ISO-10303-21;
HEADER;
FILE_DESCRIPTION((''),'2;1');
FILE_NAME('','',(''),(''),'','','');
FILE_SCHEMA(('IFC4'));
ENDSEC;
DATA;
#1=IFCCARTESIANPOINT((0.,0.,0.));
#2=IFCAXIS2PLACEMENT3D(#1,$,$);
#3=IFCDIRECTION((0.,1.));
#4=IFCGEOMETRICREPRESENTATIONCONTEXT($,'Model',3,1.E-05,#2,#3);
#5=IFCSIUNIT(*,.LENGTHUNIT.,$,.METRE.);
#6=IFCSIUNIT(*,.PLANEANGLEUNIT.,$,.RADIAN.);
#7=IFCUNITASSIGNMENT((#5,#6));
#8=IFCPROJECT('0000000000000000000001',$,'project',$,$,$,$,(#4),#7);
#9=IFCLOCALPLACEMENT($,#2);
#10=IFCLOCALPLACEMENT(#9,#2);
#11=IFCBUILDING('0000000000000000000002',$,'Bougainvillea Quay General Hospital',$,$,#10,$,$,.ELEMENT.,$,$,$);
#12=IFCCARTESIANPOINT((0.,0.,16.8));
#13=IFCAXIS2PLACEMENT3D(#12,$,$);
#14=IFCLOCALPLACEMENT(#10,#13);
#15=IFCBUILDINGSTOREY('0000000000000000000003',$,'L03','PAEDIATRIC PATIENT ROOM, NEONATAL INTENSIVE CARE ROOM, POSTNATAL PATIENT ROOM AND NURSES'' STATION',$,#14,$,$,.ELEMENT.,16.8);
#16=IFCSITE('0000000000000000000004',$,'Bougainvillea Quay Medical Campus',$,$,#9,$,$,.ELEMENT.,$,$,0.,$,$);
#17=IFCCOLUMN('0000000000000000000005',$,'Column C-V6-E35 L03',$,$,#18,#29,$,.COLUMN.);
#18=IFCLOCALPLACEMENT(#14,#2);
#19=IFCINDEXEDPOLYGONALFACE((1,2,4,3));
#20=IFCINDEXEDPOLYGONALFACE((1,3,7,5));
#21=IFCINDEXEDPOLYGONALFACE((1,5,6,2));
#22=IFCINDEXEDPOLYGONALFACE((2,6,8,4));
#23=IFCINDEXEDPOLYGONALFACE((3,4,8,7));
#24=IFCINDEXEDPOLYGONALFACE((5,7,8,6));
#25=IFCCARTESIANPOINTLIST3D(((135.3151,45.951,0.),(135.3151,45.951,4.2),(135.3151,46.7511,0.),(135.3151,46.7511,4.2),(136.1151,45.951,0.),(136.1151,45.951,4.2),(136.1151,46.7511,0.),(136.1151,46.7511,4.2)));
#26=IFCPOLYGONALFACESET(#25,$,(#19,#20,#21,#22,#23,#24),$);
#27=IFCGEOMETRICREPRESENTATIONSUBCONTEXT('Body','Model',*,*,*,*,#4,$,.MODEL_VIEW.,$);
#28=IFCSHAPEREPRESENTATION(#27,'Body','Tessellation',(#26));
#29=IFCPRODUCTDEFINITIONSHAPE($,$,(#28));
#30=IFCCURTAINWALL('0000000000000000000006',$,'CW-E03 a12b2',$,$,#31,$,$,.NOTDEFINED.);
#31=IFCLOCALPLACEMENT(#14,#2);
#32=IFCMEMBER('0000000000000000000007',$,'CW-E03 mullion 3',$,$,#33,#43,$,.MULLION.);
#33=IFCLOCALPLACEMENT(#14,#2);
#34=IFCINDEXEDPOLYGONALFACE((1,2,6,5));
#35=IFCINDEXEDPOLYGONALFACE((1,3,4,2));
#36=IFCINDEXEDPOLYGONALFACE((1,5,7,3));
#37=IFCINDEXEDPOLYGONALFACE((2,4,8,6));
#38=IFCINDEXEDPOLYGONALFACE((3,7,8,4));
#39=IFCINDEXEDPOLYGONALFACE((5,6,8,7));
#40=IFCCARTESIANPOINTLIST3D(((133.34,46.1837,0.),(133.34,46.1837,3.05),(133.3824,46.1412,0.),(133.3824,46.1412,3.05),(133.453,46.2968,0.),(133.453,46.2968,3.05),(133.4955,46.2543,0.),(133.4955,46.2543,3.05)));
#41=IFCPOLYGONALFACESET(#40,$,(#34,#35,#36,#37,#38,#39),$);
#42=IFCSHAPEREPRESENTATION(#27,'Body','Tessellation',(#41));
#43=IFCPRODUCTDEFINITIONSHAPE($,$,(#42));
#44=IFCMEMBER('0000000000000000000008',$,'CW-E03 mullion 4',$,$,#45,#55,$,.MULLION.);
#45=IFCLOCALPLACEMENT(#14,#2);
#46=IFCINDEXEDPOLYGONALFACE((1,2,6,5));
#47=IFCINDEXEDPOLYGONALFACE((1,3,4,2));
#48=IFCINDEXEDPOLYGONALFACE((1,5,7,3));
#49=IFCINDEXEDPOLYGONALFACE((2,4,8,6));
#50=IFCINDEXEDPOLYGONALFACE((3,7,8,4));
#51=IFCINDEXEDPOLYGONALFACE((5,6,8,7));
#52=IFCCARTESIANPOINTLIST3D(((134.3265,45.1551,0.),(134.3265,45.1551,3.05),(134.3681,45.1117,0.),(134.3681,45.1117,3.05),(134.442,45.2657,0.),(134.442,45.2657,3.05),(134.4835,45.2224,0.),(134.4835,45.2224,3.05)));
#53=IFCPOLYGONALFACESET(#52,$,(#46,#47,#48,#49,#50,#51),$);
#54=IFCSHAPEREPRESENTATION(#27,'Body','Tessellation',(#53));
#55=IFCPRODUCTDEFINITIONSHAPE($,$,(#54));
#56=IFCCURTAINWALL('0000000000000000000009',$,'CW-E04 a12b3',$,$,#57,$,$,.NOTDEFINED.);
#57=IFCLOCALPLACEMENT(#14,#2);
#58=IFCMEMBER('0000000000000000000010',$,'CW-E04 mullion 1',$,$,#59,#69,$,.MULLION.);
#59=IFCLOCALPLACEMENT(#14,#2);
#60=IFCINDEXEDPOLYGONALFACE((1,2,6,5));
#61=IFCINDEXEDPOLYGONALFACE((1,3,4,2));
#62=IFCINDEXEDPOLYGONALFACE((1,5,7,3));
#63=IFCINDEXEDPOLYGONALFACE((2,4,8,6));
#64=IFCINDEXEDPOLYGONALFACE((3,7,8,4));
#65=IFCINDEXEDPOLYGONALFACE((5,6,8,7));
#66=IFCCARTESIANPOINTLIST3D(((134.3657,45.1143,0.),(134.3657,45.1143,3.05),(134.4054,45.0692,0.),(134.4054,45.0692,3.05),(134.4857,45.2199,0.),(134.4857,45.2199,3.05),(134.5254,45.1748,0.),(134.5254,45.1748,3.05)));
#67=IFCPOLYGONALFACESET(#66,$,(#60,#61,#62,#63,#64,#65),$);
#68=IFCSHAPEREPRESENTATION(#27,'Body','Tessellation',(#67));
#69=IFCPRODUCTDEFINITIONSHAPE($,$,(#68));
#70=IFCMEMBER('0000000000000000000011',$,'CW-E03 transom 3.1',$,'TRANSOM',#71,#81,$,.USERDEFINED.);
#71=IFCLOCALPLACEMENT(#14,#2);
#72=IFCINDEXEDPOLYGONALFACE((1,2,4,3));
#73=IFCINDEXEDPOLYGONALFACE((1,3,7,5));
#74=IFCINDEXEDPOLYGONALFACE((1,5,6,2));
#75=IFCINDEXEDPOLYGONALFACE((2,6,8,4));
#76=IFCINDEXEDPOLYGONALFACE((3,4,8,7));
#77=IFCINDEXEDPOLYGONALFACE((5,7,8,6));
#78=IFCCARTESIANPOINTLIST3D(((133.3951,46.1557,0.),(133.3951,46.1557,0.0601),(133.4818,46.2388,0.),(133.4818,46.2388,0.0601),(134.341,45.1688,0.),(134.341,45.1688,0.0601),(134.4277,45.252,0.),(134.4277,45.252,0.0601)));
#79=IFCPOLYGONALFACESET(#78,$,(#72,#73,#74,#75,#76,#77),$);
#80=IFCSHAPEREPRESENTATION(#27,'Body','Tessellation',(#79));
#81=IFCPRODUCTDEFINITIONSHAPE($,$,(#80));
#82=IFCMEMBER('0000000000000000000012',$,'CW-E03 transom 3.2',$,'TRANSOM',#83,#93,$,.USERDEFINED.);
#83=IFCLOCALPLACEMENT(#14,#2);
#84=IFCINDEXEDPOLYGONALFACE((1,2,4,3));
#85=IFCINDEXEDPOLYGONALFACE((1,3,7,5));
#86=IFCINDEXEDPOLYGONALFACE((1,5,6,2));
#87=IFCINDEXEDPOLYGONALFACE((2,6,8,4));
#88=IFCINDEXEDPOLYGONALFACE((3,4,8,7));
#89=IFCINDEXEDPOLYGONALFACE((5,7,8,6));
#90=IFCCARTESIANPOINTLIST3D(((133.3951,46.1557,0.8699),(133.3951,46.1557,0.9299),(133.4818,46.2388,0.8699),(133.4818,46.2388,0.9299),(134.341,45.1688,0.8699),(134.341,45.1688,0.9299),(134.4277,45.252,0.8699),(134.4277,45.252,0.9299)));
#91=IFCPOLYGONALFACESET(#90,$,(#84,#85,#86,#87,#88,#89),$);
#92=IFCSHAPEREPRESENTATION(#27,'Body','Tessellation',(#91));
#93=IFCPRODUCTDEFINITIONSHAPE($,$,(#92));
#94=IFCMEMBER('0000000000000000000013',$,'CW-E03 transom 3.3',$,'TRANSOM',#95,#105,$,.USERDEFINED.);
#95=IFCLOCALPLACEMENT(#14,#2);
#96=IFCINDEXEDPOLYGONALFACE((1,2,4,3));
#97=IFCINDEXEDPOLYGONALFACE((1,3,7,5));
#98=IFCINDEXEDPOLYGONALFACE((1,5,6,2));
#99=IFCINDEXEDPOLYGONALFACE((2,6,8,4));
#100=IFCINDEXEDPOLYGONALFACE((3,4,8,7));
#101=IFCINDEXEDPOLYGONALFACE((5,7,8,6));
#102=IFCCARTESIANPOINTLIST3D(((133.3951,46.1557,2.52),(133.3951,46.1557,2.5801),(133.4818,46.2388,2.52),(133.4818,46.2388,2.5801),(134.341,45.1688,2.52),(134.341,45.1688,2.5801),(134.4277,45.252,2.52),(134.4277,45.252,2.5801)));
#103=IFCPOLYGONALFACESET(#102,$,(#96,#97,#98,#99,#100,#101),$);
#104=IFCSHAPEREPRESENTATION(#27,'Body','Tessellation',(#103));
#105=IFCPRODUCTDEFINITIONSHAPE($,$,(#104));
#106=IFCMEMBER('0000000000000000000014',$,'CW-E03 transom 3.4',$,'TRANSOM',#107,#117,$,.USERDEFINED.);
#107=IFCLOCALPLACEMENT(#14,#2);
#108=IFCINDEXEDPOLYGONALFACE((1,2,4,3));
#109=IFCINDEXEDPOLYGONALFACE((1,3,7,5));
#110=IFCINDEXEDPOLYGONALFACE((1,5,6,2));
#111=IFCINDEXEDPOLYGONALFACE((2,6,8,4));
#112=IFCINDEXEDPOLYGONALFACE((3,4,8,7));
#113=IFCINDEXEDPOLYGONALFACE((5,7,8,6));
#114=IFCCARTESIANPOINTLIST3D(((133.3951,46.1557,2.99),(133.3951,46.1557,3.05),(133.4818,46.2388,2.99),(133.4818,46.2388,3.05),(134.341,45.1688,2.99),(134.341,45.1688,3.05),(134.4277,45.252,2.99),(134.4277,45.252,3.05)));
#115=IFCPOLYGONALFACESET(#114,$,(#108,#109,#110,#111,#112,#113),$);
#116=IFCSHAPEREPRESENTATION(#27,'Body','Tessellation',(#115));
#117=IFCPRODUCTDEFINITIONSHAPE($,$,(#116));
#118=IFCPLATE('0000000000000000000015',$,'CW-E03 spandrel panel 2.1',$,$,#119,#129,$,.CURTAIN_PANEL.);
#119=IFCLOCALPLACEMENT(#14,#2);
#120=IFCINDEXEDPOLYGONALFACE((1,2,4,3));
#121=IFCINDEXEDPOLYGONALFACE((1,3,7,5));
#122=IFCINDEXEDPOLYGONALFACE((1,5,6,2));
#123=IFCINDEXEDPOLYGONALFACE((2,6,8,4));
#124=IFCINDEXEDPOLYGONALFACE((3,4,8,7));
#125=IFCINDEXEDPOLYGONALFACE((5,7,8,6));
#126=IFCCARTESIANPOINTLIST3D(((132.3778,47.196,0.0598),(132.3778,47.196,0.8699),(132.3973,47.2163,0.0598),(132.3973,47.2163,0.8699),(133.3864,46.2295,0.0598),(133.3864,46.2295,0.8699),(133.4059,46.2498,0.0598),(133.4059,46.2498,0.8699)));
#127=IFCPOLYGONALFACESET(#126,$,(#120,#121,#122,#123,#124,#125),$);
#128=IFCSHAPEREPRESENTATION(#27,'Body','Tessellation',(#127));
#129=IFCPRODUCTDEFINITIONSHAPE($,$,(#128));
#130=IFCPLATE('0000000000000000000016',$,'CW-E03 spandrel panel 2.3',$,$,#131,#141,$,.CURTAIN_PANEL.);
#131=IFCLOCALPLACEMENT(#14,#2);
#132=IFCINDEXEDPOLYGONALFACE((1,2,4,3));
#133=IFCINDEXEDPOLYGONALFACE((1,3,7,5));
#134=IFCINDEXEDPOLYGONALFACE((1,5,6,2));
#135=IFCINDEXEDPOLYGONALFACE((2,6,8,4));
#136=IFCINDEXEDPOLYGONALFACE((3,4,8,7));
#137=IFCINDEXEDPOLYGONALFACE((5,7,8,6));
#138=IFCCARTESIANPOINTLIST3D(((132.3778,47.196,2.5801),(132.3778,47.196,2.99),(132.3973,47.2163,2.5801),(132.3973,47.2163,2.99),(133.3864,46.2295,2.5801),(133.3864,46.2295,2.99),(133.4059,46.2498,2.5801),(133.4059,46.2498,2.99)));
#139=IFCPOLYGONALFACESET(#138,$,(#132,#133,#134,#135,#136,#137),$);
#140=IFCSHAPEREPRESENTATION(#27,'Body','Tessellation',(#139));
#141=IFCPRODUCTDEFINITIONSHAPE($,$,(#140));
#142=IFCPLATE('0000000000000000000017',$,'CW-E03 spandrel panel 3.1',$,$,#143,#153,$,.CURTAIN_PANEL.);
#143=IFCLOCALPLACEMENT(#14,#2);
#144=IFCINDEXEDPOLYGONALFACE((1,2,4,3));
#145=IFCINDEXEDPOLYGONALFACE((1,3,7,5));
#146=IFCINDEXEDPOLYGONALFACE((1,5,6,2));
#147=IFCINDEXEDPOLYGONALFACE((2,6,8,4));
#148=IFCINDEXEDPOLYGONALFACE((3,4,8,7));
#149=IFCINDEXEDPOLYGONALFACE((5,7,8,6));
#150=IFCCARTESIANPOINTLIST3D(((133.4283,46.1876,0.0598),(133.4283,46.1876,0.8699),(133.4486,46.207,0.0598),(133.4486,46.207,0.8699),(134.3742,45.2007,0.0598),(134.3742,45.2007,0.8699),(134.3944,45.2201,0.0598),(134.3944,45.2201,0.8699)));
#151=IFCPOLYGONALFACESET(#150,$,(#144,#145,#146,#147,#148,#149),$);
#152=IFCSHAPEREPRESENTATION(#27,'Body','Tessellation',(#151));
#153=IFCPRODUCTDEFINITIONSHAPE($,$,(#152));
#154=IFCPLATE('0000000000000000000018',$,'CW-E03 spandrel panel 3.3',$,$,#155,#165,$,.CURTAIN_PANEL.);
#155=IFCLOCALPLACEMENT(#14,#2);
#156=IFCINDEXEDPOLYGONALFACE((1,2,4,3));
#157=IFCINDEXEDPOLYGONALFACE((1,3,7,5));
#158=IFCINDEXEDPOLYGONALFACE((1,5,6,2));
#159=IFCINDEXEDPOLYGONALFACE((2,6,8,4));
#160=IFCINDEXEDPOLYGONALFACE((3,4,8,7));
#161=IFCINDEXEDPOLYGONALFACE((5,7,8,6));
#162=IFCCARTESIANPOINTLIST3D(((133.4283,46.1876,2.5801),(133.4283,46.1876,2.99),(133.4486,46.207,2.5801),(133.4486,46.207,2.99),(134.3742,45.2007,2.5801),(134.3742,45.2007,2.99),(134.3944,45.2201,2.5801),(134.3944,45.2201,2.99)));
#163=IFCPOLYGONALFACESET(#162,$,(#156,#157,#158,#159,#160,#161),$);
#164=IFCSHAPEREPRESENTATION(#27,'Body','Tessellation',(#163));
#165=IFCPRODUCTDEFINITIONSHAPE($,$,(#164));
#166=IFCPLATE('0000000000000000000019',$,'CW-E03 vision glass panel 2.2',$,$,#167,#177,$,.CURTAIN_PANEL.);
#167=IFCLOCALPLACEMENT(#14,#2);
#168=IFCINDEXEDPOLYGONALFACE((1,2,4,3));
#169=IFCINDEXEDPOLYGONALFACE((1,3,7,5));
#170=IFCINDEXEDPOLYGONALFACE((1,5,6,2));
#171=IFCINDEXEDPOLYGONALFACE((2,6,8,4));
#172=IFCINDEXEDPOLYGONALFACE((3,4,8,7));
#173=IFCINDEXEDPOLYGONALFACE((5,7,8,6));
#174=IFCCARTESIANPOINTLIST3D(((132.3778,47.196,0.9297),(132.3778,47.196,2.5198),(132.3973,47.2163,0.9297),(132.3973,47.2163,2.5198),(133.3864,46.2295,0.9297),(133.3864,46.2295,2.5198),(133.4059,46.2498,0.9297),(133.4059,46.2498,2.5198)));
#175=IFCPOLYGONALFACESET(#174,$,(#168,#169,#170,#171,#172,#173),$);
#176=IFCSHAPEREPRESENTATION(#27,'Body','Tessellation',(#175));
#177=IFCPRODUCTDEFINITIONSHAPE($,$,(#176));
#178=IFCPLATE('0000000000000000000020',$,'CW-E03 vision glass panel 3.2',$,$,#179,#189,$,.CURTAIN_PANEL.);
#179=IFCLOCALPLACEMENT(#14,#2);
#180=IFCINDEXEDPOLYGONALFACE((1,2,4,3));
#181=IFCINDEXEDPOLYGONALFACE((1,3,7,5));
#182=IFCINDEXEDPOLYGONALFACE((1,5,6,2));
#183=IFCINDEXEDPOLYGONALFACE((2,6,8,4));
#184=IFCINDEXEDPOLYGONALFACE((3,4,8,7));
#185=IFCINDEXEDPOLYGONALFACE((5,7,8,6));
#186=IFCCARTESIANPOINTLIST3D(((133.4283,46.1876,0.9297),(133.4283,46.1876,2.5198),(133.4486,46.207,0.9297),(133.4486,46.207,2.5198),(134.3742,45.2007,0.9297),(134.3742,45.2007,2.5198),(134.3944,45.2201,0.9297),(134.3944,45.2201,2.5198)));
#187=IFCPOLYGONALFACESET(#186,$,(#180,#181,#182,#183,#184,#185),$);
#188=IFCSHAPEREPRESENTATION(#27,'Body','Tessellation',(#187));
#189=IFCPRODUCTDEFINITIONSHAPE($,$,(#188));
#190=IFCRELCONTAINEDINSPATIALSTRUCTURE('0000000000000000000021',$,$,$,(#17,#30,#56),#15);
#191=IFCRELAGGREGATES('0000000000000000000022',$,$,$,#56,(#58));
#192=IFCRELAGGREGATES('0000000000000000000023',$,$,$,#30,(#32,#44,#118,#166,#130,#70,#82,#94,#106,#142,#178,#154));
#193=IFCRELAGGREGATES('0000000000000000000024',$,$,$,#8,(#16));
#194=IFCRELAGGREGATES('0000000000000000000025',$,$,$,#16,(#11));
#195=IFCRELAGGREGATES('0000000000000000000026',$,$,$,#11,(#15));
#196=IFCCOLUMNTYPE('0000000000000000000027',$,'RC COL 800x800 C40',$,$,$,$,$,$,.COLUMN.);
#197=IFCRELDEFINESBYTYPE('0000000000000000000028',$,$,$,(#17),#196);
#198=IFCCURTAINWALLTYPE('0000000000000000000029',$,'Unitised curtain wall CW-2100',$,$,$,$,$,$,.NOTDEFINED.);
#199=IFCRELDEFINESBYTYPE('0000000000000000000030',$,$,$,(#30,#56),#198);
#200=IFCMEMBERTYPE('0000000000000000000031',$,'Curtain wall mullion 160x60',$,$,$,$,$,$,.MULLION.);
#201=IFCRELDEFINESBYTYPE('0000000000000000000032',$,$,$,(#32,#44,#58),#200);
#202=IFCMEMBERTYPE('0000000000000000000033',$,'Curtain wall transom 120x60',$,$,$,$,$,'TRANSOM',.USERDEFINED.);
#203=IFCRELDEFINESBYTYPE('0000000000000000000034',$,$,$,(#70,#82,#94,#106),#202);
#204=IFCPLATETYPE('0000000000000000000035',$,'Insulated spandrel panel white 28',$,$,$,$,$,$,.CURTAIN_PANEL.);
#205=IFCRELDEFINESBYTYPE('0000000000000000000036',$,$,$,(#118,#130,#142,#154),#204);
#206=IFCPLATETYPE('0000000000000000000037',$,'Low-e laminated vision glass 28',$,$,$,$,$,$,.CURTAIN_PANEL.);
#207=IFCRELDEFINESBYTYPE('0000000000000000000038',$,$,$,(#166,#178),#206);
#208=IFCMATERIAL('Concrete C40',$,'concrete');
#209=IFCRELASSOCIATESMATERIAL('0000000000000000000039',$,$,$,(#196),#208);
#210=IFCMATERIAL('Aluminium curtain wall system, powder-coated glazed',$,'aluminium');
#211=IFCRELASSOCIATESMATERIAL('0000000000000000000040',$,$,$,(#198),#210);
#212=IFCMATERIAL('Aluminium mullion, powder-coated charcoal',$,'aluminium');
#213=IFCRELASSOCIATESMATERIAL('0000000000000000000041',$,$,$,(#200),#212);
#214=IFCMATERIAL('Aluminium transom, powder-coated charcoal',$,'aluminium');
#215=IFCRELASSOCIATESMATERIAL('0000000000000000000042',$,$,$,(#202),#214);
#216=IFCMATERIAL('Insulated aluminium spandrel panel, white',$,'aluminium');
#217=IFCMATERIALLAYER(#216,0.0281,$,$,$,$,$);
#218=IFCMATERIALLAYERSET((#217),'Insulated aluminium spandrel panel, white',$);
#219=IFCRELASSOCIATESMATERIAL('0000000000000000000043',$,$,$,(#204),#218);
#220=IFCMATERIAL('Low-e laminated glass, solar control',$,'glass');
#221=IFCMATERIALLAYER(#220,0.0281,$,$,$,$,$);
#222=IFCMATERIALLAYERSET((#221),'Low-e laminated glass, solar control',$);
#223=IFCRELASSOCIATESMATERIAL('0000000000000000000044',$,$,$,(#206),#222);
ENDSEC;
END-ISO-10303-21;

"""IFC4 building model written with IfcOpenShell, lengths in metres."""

from ifc_helpers import new_model, si_unit, direction, frame, origin, origin_2d, place, context, subcontext, project, spatial, rectangle, extrude, material, layer, layer_set, material_profile, profile_set, type_object, element, aggregate, save


model = new_model("IFC4")

# Units and contexts
model_context = context("Model", 3, precision=1e-05, world=origin(), true_north=direction((0.0, 1.0)))
body_context = subcontext(model_context, "Body", "Model", "MODEL_VIEW")
ifc_project = project(units=[si_unit("LENGTHUNIT", "METRE"), si_unit("PLANEANGLEUNIT", "RADIAN")], contexts=[model_context])

# Site, building, storey
site_placement = place(None, origin())
site = spatial("IfcSite", under=ifc_project, at=site_placement, Name="Bougainvillea Quay Medical Campus", CompositionType="ELEMENT", RefElevation=0.0)
building_placement = place(site_placement, origin())
building = spatial("IfcBuilding", under=site, at=building_placement, Name="Bougainvillea Quay General Hospital", CompositionType="ELEMENT")
storey_placement = place(building_placement, frame((0.0, 0.0, 16.8)))
storey = spatial("IfcBuildingStorey", under=building, at=storey_placement, Name="L03", Description="PAEDIATRIC PATIENT ROOM, NEONATAL INTENSIVE CARE ROOM, POSTNATAL PATIENT ROOM AND NURSES' STATION", CompositionType="ELEMENT", Elevation=16.8)

# Column
ifc_material_1 = material(Name="Concrete C40", Category="concrete")
ifc_material_profile_1 = material_profile(ifc_material_1, rectangle(XDim=0.8, YDim=0.8, at=origin_2d()))
ifc_profile_set_1 = profile_set([ifc_material_profile_1], Name="Concrete C40")
column_type = type_object("IfcColumnType", Name="RC COL 800x800 C40", PredefinedType="COLUMN", material=ifc_profile_set_1)
column_placement = place(storey_placement, frame((135.7151, 46.3511, 0.0), z_axis=(0.0, 0.0, 1.0), x_axis=(1.0, 0.0, 0.0)))
element("IfcColumn", 1, at=column_placement, inside=storey, type_object=column_type, Name="Column C-V6-E35 L03", PredefinedType="COLUMN", context=body_context, shape_type="SweptSolid", body=[
    extrude(rectangle(XDim=0.8, YDim=0.8, at=origin_2d()), origin(), (0.0, 0.0, 1.0), 4.2),
])

# Curtain wall, members
ifc_material_2 = material(Name="Aluminium curtain wall system, powder-coated glazed", Category="aluminium")
curtain_wall_type = type_object("IfcCurtainWallType", Name="Unitised curtain wall CW-2100", PredefinedType="NOTDEFINED", material=ifc_material_2)
curtain_wall_1_placement = place(storey_placement, origin())
curtain_wall_1 = element("IfcCurtainWall", 2, at=curtain_wall_1_placement, inside=storey, type_object=curtain_wall_type, Name="CW-E03 a12b2", PredefinedType="NOTDEFINED")
ifc_material_3 = material(Name="Aluminium mullion, powder-coated charcoal", Category="aluminium")
ifc_material_profile_2 = material_profile(ifc_material_3, rectangle(XDim=0.1599, YDim=0.0601, at=origin_2d()))
ifc_profile_set_2 = profile_set([ifc_material_profile_2], Name="Aluminium mullion, powder-coated charcoal")
member_type_1 = type_object("IfcMemberType", Name="Curtain wall mullion 160x60", PredefinedType="MULLION", material=ifc_profile_set_2)
member_1_placement = place(storey_placement, frame((133.4177, 46.219, 0.0), z_axis=(0.0, 0.0, 1.0), x_axis=(0.70709, 0.707123, 0.0)))
member_1 = element("IfcMember", 3, at=member_1_placement, type_object=member_type_1, Name="CW-E03 mullion 3", PredefinedType="MULLION", context=body_context, shape_type="SweptSolid", body=[
    extrude(rectangle(XDim=0.1599, YDim=0.0601, at=origin_2d()), origin(), (0.0, 0.0, 1.0), 3.05),
])
member_2_placement = place(storey_placement, frame((134.405, 45.1887, 0.0), z_axis=(0.0, 0.0, 1.0), x_axis=(0.72197, 0.691925, 0.0)))
member_2 = element("IfcMember", 4, at=member_2_placement, type_object=member_type_1, Name="CW-E03 mullion 4", PredefinedType="MULLION", context=body_context, shape_type="SweptSolid", body=[
    extrude(rectangle(XDim=0.1599, YDim=0.0601, at=origin_2d()), origin(), (0.0, 0.0, 1.0), 3.05),
])

# Curtain wall, member
curtain_wall_2_placement = place(storey_placement, origin())
curtain_wall_2 = element("IfcCurtainWall", 5, at=curtain_wall_2_placement, inside=storey, type_object=curtain_wall_type, Name="CW-E04 a12b3", PredefinedType="NOTDEFINED")
member_3_placement = place(storey_placement, frame((134.4456, 45.1445, 0.0), z_axis=(0.0, 0.0, 1.0), x_axis=(0.750742, 0.660596, 0.0)))
member_3 = element("IfcMember", 6, at=member_3_placement, type_object=member_type_1, Name="CW-E04 mullion 1", PredefinedType="MULLION", context=body_context, shape_type="SweptSolid", body=[
    extrude(rectangle(XDim=0.1599, YDim=0.0601, at=origin_2d()), origin(), (0.0, 0.0, 1.0), 3.05),
])
aggregate(curtain_wall_2, [member_3])

# Members
ifc_material_4 = material(Name="Aluminium transom, powder-coated charcoal", Category="aluminium")
ifc_material_profile_3 = material_profile(ifc_material_4, rectangle(XDim=0.1201, YDim=0.0601, at=origin_2d()))
ifc_profile_set_3 = profile_set([ifc_material_profile_3], Name="Aluminium transom, powder-coated charcoal")
member_type_2 = type_object("IfcMemberType", Name="Curtain wall transom 120x60", ElementType="TRANSOM", PredefinedType="USERDEFINED", material=ifc_profile_set_3)
member_4_placement = place(storey_placement, frame((133.4385, 46.1973, 0.03), z_axis=(0.691944, -0.721951, 0.0), x_axis=(0.721951, 0.691944, 0.0)))
member_4 = element("IfcMember", 7, at=member_4_placement, type_object=member_type_2, Name="CW-E03 transom 3.1", ObjectType="TRANSOM", PredefinedType="USERDEFINED", context=body_context, shape_type="SweptSolid", body=[
    extrude(rectangle(XDim=0.1201, YDim=0.0601, at=origin_2d()), origin(), (0.0, 0.0, 1.0), 1.3669),
])
member_5_placement = place(storey_placement, frame((133.4385, 46.1973, 0.8999), z_axis=(0.691944, -0.721951, 0.0), x_axis=(0.721951, 0.691944, 0.0)))
member_5 = element("IfcMember", 8, at=member_5_placement, type_object=member_type_2, Name="CW-E03 transom 3.2", ObjectType="TRANSOM", PredefinedType="USERDEFINED", context=body_context, shape_type="SweptSolid", body=[
    extrude(rectangle(XDim=0.1201, YDim=0.0601, at=origin_2d()), origin(), (0.0, 0.0, 1.0), 1.3669),
])
member_6_placement = place(storey_placement, frame((133.4385, 46.1973, 2.55), z_axis=(0.691944, -0.721951, 0.0), x_axis=(0.721951, 0.691944, 0.0)))
member_6 = element("IfcMember", 9, at=member_6_placement, type_object=member_type_2, Name="CW-E03 transom 3.3", ObjectType="TRANSOM", PredefinedType="USERDEFINED", context=body_context, shape_type="SweptSolid", body=[
    extrude(rectangle(XDim=0.1201, YDim=0.0601, at=origin_2d()), origin(), (0.0, 0.0, 1.0), 1.3669),
])
member_7_placement = place(storey_placement, frame((133.4385, 46.1973, 3.02), z_axis=(0.691944, -0.721951, 0.0), x_axis=(0.721951, 0.691944, 0.0)))
member_7 = element("IfcMember", 10, at=member_7_placement, type_object=member_type_2, Name="CW-E03 transom 3.4", ObjectType="TRANSOM", PredefinedType="USERDEFINED", context=body_context, shape_type="SweptSolid", body=[
    extrude(rectangle(XDim=0.1201, YDim=0.0601, at=origin_2d()), origin(), (0.0, 0.0, 1.0), 1.3669),
])

# Plates
ifc_material_5 = material(Name="Insulated aluminium spandrel panel, white", Category="aluminium")
ifc_layer_1 = layer(ifc_material_5, 0.0281)
ifc_layer_set_1 = layer_set([ifc_layer_1], Name="Insulated aluminium spandrel panel, white")
plate_type_1 = type_object("IfcPlateType", Name="Insulated spandrel panel white 28", PredefinedType="CURTAIN_PANEL", material=ifc_layer_set_1)
plate_1_placement = place(storey_placement, frame((132.8918, 46.7229, 0.0598), z_axis=(0.0, 0.0, 1.0), x_axis=(0.722002, -0.691891, 0.0)))
plate_1 = element("IfcPlate", 11, at=plate_1_placement, type_object=plate_type_1, Name="CW-E03 spandrel panel 2.1", PredefinedType="CURTAIN_PANEL", context=body_context, shape_type="SweptSolid", body=[
    extrude(rectangle(XDim=1.397, YDim=0.0281, at=origin_2d()), origin(), (0.0, 0.0, 1.0), 0.8101),
])
plate_2_placement = place(storey_placement, frame((132.8918, 46.7229, 2.5801), z_axis=(0.0, 0.0, 1.0), x_axis=(0.722002, -0.691891, 0.0)))
plate_2 = element("IfcPlate", 12, at=plate_2_placement, type_object=plate_type_1, Name="CW-E03 spandrel panel 2.3", PredefinedType="CURTAIN_PANEL", context=body_context, shape_type="SweptSolid", body=[
    extrude(rectangle(XDim=1.397, YDim=0.0281, at=origin_2d()), origin(), (0.0, 0.0, 1.0), 0.4099),
])
plate_3_placement = place(storey_placement, frame((133.9114, 45.7039, 0.0598), z_axis=(0.0, 0.0, 1.0), x_axis=(0.691925, -0.72197, 0.0)))
plate_3 = element("IfcPlate", 13, at=plate_3_placement, type_object=plate_type_1, Name="CW-E03 spandrel panel 3.1", PredefinedType="CURTAIN_PANEL", context=body_context, shape_type="SweptSolid", body=[
    extrude(rectangle(XDim=1.3669, YDim=0.0281, at=origin_2d()), origin(), (0.0, 0.0, 1.0), 0.8101),
])
plate_4_placement = place(storey_placement, frame((133.9114, 45.7039, 2.5801), z_axis=(0.0, 0.0, 1.0), x_axis=(0.691925, -0.72197, 0.0)))
plate_4 = element("IfcPlate", 14, at=plate_4_placement, type_object=plate_type_1, Name="CW-E03 spandrel panel 3.3", PredefinedType="CURTAIN_PANEL", context=body_context, shape_type="SweptSolid", body=[
    extrude(rectangle(XDim=1.3669, YDim=0.0281, at=origin_2d()), origin(), (0.0, 0.0, 1.0), 0.4099),
])
ifc_material_6 = material(Name="Low-e laminated glass, solar control", Category="glass")
ifc_layer_2 = layer(ifc_material_6, 0.0281)
ifc_layer_set_2 = layer_set([ifc_layer_2], Name="Low-e laminated glass, solar control")
plate_type_2 = type_object("IfcPlateType", Name="Low-e laminated vision glass 28", PredefinedType="CURTAIN_PANEL", material=ifc_layer_set_2)
plate_5_placement = place(storey_placement, frame((132.8918, 46.7229, 0.9297), z_axis=(0.0, 0.0, 1.0), x_axis=(0.722002, -0.691891, 0.0)))
plate_5 = element("IfcPlate", 15, at=plate_5_placement, type_object=plate_type_2, Name="CW-E03 vision glass panel 2.2", PredefinedType="CURTAIN_PANEL", context=body_context, shape_type="SweptSolid", body=[
    extrude(rectangle(XDim=1.397, YDim=0.0281, at=origin_2d()), origin(), (0.0, 0.0, 1.0), 1.5901),
])
plate_6_placement = place(storey_placement, frame((133.9114, 45.7039, 0.9297), z_axis=(0.0, 0.0, 1.0), x_axis=(0.691925, -0.72197, 0.0)))
plate_6 = element("IfcPlate", 16, at=plate_6_placement, type_object=plate_type_2, Name="CW-E03 vision glass panel 3.2", PredefinedType="CURTAIN_PANEL", context=body_context, shape_type="SweptSolid", body=[
    extrude(rectangle(XDim=1.3669, YDim=0.0281, at=origin_2d()), origin(), (0.0, 0.0, 1.0), 1.5901),
])
aggregate(curtain_wall_1, [member_1, member_2, plate_1, plate_5, plate_2, member_4, member_5, member_6, member_7, plate_3, plate_6, plate_4])

save(model, "model.ifc")
